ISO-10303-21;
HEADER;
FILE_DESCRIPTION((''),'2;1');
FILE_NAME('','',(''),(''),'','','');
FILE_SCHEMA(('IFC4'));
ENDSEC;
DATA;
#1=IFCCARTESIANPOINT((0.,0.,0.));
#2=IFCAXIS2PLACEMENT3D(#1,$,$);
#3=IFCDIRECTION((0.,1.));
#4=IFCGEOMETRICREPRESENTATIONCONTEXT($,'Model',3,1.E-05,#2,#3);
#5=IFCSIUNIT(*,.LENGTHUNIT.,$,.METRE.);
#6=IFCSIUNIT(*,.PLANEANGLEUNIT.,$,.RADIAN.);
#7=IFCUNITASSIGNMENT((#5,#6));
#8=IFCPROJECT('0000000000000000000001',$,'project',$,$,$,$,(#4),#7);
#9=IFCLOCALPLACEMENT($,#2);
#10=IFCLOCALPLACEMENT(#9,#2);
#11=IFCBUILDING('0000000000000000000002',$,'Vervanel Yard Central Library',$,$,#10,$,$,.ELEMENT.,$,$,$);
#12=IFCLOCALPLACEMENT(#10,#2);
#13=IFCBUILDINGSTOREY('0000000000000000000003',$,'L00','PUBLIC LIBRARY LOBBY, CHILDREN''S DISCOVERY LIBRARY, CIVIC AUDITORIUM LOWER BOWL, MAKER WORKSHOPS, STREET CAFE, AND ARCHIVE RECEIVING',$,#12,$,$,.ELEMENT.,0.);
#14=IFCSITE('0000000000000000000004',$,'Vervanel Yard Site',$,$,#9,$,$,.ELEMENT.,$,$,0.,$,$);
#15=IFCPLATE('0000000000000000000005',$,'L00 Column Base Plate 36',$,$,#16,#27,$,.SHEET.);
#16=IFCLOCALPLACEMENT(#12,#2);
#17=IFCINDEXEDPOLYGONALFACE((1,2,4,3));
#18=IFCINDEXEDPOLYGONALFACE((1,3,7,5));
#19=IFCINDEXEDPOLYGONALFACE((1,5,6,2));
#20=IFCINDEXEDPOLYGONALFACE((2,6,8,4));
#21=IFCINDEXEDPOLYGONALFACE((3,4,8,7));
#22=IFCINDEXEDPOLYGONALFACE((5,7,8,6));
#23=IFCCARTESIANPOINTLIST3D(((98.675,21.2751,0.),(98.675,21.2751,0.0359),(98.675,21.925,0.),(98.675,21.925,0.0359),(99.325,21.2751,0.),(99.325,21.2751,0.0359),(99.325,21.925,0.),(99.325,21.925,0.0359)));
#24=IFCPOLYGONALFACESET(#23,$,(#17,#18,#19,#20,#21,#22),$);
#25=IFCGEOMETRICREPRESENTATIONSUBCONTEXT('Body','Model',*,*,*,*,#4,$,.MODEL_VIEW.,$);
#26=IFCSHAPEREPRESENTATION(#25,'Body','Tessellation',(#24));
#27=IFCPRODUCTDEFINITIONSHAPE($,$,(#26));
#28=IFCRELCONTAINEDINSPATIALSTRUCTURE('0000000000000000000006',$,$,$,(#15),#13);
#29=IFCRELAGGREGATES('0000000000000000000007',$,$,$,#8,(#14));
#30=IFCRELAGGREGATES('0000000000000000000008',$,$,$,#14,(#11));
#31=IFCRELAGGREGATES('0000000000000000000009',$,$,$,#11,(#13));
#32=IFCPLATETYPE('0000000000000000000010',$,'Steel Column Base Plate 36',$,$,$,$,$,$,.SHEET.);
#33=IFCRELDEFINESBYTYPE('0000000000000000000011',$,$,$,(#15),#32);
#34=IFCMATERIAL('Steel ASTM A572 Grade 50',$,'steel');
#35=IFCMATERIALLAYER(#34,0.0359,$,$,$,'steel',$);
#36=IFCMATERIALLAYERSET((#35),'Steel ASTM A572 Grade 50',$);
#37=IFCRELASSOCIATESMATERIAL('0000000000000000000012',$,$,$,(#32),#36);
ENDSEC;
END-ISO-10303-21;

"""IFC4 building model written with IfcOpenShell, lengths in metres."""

from ifc_helpers import new_model, si_unit, direction, frame, origin, origin_2d, place, context, subcontext, project, spatial, rectangle, extrude, material, layer, layer_set, type_object, element, save


model = new_model("IFC4")

# Units and contexts
model_context = context("Model", 3, precision=1e-05, world=origin(), true_north=direction((0.0, 1.0)))
body_context = subcontext(model_context, "Body", "Model", "MODEL_VIEW")
ifc_project = project(units=[si_unit("LENGTHUNIT", "METRE"), si_unit("PLANEANGLEUNIT", "RADIAN")], contexts=[model_context])

# Site, building, storey
site_placement = place(None, origin())
site = spatial("IfcSite", under=ifc_project, at=site_placement, Name="Vervanel Yard Site", CompositionType="ELEMENT", RefElevation=0.0)
building_placement = place(site_placement, origin())
building = spatial("IfcBuilding", under=site, at=building_placement, Name="Vervanel Yard Central Library", CompositionType="ELEMENT")
storey_placement = place(building_placement, origin())
storey = spatial("IfcBuildingStorey", under=building, at=storey_placement, Name="L00", Description="PUBLIC LIBRARY LOBBY, CHILDREN'S DISCOVERY LIBRARY, CIVIC AUDITORIUM LOWER BOWL, MAKER WORKSHOPS, STREET CAFE, AND ARCHIVE RECEIVING", CompositionType="ELEMENT", Elevation=0.0)

# Plate
ifc_material_1 = material(Name="Steel ASTM A572 Grade 50", Category="steel")
ifc_layer_1 = layer(ifc_material_1, 0.0359, Category="steel")
ifc_layer_set_1 = layer_set([ifc_layer_1], Name="Steel ASTM A572 Grade 50")
plate_type_1 = type_object("IfcPlateType", Name="Steel Column Base Plate 36", PredefinedType="SHEET", material=ifc_layer_set_1)
plate_1_placement = place(storey_placement, frame((99.0, 21.6001, 0.0), z_axis=(0.0, 0.0, 1.0), x_axis=(1.0, 0.0, 0.0)))
element("IfcPlate", 1, at=plate_1_placement, inside=storey, type_object=plate_type_1, Name="L00 Column Base Plate 36", PredefinedType="SHEET", context=body_context, shape_type="SweptSolid", body=[
    extrude(rectangle(XDim=0.6499, YDim=0.6499, at=origin_2d()), origin(), (0.0, 0.0, 1.0), 0.0359),
])

save(model, "model.ifc")
